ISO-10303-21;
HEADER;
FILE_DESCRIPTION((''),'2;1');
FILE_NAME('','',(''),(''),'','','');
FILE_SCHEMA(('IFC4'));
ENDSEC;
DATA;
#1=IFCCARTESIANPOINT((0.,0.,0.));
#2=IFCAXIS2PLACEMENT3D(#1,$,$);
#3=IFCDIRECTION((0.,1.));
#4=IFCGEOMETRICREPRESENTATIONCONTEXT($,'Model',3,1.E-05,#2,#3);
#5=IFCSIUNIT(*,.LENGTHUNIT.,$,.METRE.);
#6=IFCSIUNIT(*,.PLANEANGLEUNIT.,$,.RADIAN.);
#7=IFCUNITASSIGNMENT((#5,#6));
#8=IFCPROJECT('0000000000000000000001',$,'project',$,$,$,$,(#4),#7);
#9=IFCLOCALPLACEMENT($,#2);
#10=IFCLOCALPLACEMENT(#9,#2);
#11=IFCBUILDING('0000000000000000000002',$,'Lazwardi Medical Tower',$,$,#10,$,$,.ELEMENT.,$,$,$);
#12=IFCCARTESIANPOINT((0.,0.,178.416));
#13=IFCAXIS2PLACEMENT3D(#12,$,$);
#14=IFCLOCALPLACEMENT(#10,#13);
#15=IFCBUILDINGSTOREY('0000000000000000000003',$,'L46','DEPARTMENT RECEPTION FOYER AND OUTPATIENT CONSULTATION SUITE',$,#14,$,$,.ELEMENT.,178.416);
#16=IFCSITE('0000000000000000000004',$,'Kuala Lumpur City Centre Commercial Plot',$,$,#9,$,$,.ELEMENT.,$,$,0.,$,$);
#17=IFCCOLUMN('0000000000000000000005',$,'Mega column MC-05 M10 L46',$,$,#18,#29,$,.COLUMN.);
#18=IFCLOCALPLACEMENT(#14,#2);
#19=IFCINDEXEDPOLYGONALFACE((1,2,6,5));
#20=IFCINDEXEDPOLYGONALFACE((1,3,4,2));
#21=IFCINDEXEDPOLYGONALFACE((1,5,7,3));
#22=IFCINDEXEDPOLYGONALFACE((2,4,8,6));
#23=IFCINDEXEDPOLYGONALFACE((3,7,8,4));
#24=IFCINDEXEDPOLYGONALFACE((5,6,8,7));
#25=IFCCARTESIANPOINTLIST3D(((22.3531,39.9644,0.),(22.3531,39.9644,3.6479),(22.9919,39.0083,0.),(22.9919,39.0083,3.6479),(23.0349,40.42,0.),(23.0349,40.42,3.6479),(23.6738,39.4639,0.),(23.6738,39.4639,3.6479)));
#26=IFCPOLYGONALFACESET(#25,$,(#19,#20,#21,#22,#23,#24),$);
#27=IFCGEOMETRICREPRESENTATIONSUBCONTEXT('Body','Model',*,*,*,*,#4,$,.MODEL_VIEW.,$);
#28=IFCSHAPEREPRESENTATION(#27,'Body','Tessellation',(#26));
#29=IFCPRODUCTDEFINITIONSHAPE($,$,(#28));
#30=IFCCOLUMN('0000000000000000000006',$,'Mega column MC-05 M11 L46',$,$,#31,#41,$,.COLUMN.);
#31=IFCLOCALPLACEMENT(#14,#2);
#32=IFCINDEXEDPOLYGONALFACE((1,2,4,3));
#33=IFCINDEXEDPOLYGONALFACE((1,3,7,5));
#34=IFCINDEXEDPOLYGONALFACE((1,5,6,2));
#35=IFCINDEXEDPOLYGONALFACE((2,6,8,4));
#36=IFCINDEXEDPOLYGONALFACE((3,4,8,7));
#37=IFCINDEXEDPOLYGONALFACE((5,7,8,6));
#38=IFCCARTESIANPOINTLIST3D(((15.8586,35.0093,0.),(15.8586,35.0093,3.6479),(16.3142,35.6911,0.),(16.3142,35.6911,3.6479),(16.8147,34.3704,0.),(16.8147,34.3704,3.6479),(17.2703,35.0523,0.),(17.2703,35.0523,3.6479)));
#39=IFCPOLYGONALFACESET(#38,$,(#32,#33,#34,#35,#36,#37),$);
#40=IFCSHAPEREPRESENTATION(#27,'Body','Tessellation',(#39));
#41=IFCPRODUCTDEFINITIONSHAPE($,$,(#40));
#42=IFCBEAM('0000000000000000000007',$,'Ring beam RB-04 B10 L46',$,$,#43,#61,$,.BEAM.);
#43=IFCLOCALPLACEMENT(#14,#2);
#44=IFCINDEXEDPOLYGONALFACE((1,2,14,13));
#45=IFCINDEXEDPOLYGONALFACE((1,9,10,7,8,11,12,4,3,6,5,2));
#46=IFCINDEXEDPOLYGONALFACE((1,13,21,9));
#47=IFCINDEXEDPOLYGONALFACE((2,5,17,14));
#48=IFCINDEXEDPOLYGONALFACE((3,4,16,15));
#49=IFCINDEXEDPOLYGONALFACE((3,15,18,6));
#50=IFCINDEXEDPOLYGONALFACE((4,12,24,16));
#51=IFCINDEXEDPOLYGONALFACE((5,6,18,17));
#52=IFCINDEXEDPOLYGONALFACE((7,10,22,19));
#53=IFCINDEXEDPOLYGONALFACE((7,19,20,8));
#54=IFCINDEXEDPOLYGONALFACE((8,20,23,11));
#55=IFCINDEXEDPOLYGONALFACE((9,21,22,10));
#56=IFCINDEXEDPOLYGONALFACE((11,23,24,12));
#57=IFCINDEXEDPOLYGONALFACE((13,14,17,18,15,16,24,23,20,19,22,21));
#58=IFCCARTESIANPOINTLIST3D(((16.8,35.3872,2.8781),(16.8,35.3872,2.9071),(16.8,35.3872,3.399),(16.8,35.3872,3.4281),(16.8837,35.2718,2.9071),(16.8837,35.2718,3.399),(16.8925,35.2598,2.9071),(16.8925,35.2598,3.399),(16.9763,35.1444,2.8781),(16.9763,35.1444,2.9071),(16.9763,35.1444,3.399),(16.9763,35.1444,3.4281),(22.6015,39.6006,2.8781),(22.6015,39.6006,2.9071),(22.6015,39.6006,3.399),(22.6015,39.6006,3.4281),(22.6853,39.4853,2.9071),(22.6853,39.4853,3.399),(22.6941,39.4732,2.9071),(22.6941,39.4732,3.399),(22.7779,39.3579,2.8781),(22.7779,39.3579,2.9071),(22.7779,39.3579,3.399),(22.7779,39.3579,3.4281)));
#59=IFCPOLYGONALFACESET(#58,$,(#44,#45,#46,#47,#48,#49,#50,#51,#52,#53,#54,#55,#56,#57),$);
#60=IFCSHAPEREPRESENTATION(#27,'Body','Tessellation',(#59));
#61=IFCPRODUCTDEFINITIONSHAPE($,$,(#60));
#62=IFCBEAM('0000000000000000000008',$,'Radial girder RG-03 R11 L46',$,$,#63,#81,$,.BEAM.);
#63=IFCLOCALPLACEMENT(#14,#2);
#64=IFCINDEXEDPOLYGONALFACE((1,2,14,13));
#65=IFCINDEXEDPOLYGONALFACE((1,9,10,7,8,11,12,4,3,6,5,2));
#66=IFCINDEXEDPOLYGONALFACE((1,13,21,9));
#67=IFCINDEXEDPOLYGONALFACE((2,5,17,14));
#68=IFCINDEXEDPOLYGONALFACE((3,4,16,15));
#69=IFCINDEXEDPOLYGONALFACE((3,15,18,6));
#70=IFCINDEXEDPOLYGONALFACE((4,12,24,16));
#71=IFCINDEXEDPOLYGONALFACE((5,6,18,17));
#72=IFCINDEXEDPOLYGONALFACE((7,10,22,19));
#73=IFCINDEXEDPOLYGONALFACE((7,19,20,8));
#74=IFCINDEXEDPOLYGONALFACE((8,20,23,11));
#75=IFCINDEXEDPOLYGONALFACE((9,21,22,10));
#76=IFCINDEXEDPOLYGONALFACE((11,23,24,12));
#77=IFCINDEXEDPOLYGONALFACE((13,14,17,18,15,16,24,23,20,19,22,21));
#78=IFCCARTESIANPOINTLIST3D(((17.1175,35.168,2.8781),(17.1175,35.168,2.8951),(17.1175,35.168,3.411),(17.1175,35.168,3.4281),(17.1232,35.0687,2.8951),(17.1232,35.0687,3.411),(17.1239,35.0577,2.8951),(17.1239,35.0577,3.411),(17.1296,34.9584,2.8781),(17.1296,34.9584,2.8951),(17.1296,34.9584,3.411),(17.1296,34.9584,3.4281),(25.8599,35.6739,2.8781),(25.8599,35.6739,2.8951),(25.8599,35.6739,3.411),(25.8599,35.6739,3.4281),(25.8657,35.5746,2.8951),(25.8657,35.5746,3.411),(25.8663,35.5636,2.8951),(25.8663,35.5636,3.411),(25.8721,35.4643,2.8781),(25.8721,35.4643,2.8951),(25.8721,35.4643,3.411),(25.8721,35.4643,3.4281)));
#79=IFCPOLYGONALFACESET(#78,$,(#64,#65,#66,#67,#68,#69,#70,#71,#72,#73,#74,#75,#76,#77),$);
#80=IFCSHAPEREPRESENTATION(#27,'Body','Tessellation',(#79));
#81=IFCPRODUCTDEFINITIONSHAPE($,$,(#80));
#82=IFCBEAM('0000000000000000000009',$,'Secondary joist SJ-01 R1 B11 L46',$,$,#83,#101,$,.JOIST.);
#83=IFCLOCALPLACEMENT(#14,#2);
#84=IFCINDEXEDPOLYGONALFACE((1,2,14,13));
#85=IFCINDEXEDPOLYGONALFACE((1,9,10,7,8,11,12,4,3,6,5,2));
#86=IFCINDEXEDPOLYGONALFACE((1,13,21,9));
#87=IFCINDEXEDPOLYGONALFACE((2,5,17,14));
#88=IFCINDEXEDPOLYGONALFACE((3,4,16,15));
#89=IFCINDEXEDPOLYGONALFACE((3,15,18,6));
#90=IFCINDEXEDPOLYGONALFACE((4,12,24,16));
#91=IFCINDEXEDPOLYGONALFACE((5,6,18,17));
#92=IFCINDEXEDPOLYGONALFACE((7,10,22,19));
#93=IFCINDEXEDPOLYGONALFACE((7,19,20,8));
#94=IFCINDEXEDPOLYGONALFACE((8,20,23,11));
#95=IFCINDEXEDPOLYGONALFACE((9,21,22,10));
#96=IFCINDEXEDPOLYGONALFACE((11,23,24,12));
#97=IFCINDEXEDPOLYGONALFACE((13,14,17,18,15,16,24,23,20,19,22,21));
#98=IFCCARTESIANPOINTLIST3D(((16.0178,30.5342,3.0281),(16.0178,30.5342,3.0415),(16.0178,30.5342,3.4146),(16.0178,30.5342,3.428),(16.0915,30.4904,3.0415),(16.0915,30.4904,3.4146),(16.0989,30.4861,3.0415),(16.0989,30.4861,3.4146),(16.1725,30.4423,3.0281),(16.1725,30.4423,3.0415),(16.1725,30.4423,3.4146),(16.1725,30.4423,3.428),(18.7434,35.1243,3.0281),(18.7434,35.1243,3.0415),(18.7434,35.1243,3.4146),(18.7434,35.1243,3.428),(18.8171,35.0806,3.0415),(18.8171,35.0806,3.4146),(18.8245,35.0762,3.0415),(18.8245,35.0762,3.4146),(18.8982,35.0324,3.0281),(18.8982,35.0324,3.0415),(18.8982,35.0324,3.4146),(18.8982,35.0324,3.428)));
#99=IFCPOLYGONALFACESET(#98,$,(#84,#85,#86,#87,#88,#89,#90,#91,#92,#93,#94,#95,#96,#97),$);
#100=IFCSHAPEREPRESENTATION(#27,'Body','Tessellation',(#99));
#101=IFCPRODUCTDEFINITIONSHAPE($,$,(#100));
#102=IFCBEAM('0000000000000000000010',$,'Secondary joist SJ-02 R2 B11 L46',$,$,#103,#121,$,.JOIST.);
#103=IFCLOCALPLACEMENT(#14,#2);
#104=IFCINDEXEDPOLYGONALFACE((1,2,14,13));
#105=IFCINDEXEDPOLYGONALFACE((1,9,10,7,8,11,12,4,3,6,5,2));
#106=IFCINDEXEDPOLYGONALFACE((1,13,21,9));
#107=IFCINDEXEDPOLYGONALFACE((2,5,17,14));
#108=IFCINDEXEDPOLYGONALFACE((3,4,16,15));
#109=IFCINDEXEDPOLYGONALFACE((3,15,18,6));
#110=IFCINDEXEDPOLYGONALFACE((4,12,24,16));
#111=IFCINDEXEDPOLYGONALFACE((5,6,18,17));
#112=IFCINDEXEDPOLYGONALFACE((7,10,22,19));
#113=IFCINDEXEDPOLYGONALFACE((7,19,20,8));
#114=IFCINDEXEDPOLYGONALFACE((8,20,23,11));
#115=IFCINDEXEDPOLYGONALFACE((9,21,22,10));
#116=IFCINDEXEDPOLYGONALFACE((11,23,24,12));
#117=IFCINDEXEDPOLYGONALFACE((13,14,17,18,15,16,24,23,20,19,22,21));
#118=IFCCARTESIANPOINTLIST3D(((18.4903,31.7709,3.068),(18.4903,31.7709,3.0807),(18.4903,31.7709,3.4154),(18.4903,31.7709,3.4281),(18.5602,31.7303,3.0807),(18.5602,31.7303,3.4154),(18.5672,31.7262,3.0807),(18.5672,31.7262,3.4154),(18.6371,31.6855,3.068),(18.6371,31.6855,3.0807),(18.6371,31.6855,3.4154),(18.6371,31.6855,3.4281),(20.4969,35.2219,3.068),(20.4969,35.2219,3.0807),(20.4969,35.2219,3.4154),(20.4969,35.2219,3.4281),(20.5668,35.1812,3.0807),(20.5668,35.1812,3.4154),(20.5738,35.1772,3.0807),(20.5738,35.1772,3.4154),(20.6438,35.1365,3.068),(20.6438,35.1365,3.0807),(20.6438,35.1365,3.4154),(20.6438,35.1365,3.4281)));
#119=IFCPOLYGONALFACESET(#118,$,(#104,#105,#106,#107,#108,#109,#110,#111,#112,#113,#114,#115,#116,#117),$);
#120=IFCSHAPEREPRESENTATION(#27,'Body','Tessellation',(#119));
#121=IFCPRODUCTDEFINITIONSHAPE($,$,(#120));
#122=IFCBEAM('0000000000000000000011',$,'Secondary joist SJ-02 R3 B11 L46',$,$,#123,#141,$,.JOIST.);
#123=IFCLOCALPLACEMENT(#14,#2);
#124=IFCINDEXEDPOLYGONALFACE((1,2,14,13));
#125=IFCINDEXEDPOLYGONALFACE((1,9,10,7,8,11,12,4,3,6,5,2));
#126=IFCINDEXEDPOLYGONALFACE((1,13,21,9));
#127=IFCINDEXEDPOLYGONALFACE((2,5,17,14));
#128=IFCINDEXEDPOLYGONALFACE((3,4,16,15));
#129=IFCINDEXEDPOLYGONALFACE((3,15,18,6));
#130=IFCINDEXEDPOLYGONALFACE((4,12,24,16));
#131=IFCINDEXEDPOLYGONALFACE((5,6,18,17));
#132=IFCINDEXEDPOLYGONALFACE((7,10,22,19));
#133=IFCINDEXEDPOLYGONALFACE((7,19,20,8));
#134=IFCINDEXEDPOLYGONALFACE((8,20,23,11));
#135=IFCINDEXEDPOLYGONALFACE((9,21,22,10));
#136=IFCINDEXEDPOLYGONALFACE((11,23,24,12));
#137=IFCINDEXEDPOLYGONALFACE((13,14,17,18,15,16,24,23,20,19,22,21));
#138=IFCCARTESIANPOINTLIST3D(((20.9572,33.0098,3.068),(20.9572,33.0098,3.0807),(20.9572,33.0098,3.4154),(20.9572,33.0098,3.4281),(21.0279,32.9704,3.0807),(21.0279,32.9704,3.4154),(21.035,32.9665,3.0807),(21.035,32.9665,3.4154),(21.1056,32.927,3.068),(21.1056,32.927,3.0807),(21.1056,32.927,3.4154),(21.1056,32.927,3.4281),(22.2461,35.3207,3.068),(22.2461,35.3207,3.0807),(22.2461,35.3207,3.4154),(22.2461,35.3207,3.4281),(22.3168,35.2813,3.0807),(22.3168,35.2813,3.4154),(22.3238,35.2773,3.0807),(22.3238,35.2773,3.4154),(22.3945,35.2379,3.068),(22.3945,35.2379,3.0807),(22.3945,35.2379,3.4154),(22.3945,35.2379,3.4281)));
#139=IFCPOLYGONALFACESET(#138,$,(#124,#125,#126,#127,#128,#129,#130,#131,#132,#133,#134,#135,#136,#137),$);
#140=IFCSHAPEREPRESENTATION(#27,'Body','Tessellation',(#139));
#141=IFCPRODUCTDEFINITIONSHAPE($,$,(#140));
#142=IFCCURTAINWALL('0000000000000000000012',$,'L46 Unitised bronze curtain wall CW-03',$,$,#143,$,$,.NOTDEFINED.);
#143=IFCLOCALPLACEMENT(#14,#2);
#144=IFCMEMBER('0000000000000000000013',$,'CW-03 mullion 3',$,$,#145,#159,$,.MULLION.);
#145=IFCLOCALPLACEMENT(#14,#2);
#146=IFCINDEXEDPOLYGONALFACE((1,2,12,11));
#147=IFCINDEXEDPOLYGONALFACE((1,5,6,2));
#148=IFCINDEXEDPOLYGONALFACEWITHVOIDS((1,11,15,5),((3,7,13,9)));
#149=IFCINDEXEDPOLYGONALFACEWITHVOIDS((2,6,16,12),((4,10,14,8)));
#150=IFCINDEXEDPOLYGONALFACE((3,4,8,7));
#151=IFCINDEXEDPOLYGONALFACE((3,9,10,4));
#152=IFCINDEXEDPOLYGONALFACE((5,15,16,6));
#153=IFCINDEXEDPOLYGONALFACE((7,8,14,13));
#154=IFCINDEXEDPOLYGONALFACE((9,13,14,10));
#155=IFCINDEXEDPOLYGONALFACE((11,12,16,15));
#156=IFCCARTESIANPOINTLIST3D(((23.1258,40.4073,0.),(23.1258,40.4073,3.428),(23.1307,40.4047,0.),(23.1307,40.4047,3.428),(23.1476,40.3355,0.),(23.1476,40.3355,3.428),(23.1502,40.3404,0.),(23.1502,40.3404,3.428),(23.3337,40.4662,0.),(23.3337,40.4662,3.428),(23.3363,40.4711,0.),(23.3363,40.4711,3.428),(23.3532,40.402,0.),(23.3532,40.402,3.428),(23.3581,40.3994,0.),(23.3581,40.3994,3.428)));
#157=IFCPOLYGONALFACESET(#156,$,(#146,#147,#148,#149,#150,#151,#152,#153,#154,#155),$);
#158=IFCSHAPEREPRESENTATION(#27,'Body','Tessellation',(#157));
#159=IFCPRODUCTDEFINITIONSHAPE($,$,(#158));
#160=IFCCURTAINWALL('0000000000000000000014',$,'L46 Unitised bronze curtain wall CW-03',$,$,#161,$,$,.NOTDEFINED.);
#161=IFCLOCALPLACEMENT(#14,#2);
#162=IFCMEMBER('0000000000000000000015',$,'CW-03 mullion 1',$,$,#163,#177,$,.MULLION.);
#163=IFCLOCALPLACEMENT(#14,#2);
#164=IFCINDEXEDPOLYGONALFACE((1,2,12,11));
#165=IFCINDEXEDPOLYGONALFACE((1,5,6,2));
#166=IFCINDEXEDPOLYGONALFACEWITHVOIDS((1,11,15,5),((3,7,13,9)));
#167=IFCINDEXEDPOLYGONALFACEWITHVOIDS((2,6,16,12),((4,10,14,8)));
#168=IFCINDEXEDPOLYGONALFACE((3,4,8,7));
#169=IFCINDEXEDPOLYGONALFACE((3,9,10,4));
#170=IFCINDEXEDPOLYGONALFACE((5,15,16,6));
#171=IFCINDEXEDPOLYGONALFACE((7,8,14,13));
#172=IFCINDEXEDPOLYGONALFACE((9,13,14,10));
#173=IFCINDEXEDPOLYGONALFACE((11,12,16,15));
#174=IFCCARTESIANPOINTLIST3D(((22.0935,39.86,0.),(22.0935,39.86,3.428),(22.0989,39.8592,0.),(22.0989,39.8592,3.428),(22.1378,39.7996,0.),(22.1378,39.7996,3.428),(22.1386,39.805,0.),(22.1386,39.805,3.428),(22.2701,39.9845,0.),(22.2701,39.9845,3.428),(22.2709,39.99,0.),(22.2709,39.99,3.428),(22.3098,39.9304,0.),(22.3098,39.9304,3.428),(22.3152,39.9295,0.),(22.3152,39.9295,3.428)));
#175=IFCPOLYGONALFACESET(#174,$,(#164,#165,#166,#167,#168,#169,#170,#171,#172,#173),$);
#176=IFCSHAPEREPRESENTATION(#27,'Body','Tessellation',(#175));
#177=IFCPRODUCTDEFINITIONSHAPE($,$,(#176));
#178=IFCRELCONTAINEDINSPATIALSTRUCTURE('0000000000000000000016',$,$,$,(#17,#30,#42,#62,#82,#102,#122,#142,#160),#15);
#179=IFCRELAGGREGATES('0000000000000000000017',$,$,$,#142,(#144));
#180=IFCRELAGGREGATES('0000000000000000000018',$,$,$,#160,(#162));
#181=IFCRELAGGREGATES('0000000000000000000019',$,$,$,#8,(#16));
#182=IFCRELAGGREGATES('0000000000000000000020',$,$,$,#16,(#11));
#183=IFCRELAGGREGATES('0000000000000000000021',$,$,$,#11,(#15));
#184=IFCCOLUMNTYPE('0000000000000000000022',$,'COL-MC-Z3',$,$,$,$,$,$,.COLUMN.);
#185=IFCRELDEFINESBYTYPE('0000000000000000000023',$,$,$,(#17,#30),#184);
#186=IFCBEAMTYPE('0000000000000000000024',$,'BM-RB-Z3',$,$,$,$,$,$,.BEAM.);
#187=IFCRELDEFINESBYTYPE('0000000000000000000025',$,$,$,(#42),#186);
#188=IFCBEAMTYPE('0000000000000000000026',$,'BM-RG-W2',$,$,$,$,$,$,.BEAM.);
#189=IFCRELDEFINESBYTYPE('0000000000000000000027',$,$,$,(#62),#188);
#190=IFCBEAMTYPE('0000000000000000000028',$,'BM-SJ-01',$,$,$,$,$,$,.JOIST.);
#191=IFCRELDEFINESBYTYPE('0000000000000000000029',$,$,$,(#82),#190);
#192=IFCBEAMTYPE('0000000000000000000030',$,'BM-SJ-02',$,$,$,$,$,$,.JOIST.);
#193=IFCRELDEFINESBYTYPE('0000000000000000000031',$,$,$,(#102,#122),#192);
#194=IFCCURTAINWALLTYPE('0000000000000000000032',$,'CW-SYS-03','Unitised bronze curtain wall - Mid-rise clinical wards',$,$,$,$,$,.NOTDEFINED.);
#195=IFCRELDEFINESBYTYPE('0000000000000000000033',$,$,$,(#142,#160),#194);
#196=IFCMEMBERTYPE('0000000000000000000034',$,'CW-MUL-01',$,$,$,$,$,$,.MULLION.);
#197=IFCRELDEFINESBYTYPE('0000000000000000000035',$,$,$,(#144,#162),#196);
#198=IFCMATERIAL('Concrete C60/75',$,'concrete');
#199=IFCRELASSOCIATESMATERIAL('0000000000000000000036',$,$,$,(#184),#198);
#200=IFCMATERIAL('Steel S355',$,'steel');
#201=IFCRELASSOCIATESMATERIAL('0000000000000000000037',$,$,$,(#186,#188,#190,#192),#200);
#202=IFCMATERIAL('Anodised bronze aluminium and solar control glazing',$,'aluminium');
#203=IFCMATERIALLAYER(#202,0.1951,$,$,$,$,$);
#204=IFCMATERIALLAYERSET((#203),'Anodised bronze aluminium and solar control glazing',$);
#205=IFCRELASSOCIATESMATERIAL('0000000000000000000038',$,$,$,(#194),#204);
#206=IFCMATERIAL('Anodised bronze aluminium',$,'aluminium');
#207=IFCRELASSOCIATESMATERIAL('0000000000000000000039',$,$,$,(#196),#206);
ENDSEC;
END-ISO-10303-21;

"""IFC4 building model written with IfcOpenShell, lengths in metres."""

from ifc_helpers import new_model, si_unit, direction, frame, origin, origin_2d, place, context, subcontext, project, spatial, rectangle, hollow_rectangle, i_section, extrude, material, layer, layer_set, material_profile, profile_set, type_object, element, aggregate, save


model = new_model("IFC4")

# Units and contexts
model_context = context("Model", 3, precision=1e-05, world=origin(), true_north=direction((0.0, 1.0)))
body_context = subcontext(model_context, "Body", "Model", "MODEL_VIEW")
ifc_project = project(units=[si_unit("LENGTHUNIT", "METRE"), si_unit("PLANEANGLEUNIT", "RADIAN")], contexts=[model_context])

# Site, building, storey
site_placement = place(None, origin())
site = spatial("IfcSite", under=ifc_project, at=site_placement, Name="Kuala Lumpur City Centre Commercial Plot", CompositionType="ELEMENT", RefElevation=0.0)
building_placement = place(site_placement, origin())
building = spatial("IfcBuilding", under=site, at=building_placement, Name="Lazwardi Medical Tower", CompositionType="ELEMENT")
storey_placement = place(building_placement, frame((0.0, 0.0, 178.416)))
storey = spatial("IfcBuildingStorey", under=building, at=storey_placement, Name="L46", Description="DEPARTMENT RECEPTION FOYER AND OUTPATIENT CONSULTATION SUITE", CompositionType="ELEMENT", Elevation=178.416)

# Columns
ifc_material_1 = material(Name="Concrete C60/75", Category="concrete")
ifc_material_profile_1 = material_profile(ifc_material_1, rectangle(XDim=1.1499, YDim=0.8201, at=origin_2d()), Name="CFT-RECT 1150x820")
ifc_profile_set_1 = profile_set([ifc_material_profile_1], Name="Concrete C60/75")
column_type = type_object("IfcColumnType", Name="COL-MC-Z3", PredefinedType="COLUMN", material=ifc_profile_set_1)
for number, where, z_axis, x_axis, name in (
    (1, (23.0134, 39.7141, 0.0), (0.0, 0.0, 1.0), (-0.55557, 0.83147, 0.0), "Mega column MC-05 M10 L46"),
    (2, (16.5645, 35.0308, 0.0), (0.0, 0.0, 1.0), (-0.83147, 0.55557, 0.0), "Mega column MC-05 M11 L46"),
):
    element("IfcColumn", number, at=place(storey_placement, frame(where, z_axis=z_axis, x_axis=x_axis)), inside=storey, type_object=column_type, Name=name, PredefinedType="COLUMN", context=body_context, shape_type="SweptSolid", body=[
        extrude(rectangle(XDim=1.1499, YDim=0.8201, at=origin_2d()), origin(), (0.0, 0.0, 1.0), 3.6479),
    ])

# Beams
ifc_material_2 = material(Name="Steel S355", Category="steel")
ifc_material_profile_2 = material_profile(ifc_material_2, i_section(OverallWidth=0.3, OverallDepth=0.55, WebThickness=0.0149, FlangeThickness=0.0291, at=origin_2d()), Name="HEB 550")
ifc_profile_set_2 = profile_set([ifc_material_profile_2], Name="Steel S355")
beam_type_1 = type_object("IfcBeamType", Name="BM-RB-Z3", PredefinedType="BEAM", material=ifc_profile_set_2)
beam_1_placement = place(storey_placement, frame((22.6897, 39.4792, 3.1531), z_axis=(-0.809128, -0.587633, 0.0), x_axis=(0.587633, -0.809128, 0.0)))
element("IfcBeam", 3, at=beam_1_placement, inside=storey, type_object=beam_type_1, Name="Ring beam RB-04 B10 L46", PredefinedType="BEAM", context=body_context, shape_type="SweptSolid", body=[
    extrude(i_section(OverallWidth=0.3, OverallDepth=0.55, WebThickness=0.0149, FlangeThickness=0.0291, at=origin_2d()), origin(), (0.0, 0.0, 1.0), 7.1702),
])
ifc_material_profile_3 = material_profile(ifc_material_2, i_section(OverallWidth=0.21, OverallDepth=0.55, WebThickness=0.011, FlangeThickness=0.0171, at=origin_2d()), Name="IPE 550")
ifc_profile_set_3 = profile_set([ifc_material_profile_3], Name="Steel S355")
beam_type_2 = type_object("IfcBeamType", Name="BM-RG-W2", PredefinedType="BEAM", material=ifc_profile_set_3)
beam_2_placement = place(storey_placement, frame((17.1235, 35.0632, 3.1531), z_axis=(0.99833, 0.057766, 0.0), x_axis=(-0.057766, 0.99833, 0.0)))
element("IfcBeam", 4, at=beam_2_placement, inside=storey, type_object=beam_type_2, Name="Radial girder RG-03 R11 L46", PredefinedType="BEAM", context=body_context, shape_type="SweptSolid", body=[
    extrude(i_section(OverallWidth=0.21, OverallDepth=0.55, WebThickness=0.011, FlangeThickness=0.0171, at=origin_2d()), origin(), (0.0, 0.0, 1.0), 8.7571),
])
ifc_material_profile_4 = material_profile(ifc_material_2, i_section(OverallWidth=0.1799, OverallDepth=0.3999, WebThickness=0.0085, FlangeThickness=0.0134, at=origin_2d()), Name="IPE 400")
ifc_profile_set_4 = profile_set([ifc_material_profile_4], Name="Steel S355")
beam_type_3 = type_object("IfcBeamType", Name="BM-SJ-01", PredefinedType="JOIST", material=ifc_profile_set_4)
beam_3_placement = place(storey_placement, frame((18.8208, 35.0784, 3.228), z_axis=(-0.510569, -0.859837, 0.0), x_axis=(0.859837, -0.510569, 0.0)))
element("IfcBeam", 5, at=beam_3_placement, inside=storey, type_object=beam_type_3, Name="Secondary joist SJ-01 R1 B11 L46", PredefinedType="JOIST", context=body_context, shape_type="SweptSolid", body=[
    extrude(i_section(OverallWidth=0.1799, OverallDepth=0.3999, WebThickness=0.0085, FlangeThickness=0.0134, at=origin_2d()), origin(), (0.0, 0.0, 1.0), 5.3384),
])
ifc_material_profile_5 = material_profile(ifc_material_2, i_section(OverallWidth=0.1699, OverallDepth=0.3601, WebThickness=0.0081, FlangeThickness=0.0127, at=origin_2d()), Name="IPE 360")
ifc_profile_set_5 = profile_set([ifc_material_profile_5], Name="Steel S355")
beam_type_4 = type_object("IfcBeamType", Name="BM-SJ-02", PredefinedType="JOIST", material=ifc_profile_set_5)
beam_4_placement = place(storey_placement, frame((20.5703, 35.1792, 3.248), z_axis=(-0.502665, -0.864481, 0.0), x_axis=(0.864481, -0.502665, 0.0)))
element("IfcBeam", 6, at=beam_4_placement, inside=storey, type_object=beam_type_4, Name="Secondary joist SJ-02 R2 B11 L46", PredefinedType="JOIST", context=body_context, shape_type="SweptSolid", body=[
    extrude(i_section(OverallWidth=0.1699, OverallDepth=0.3601, WebThickness=0.0081, FlangeThickness=0.0127, at=origin_2d()), origin(), (0.0, 0.0, 1.0), 3.9919),
])
beam_5_placement = place(storey_placement, frame((22.3203, 35.2793, 3.248), z_axis=(-0.487099, -0.873347, 0.0), x_axis=(0.873347, -0.487099, 0.0)))
element("IfcBeam", 7, at=beam_5_placement, inside=storey, type_object=beam_type_4, Name="Secondary joist SJ-02 R3 B11 L46", PredefinedType="JOIST", context=body_context, shape_type="SweptSolid", body=[
    extrude(i_section(OverallWidth=0.1699, OverallDepth=0.3601, WebThickness=0.0081, FlangeThickness=0.0127, at=origin_2d()), origin(), (0.0, 0.0, 1.0), 2.646),
])

# Curtain wall, member
ifc_material_3 = material(Name="Anodised bronze aluminium and solar control glazing", Category="aluminium")
ifc_layer_1 = layer(ifc_material_3, 0.1951)
ifc_layer_set_1 = layer_set([ifc_layer_1], Name="Anodised bronze aluminium and solar control glazing")
curtain_wall_type = type_object("IfcCurtainWallType", Name="CW-SYS-03", Description="Unitised bronze curtain wall - Mid-rise clinical wards", PredefinedType="NOTDEFINED", material=ifc_layer_set_1)
curtain_wall_1_placement = place(storey_placement, origin())
curtain_wall_1 = element("IfcCurtainWall", 8, at=curtain_wall_1_placement, inside=storey, type_object=curtain_wall_type, Name="L46 Unitised bronze curtain wall CW-03", PredefinedType="NOTDEFINED")
ifc_material_4 = material(Name="Anodised bronze aluminium", Category="aluminium")
ifc_material_profile_6 = material_profile(ifc_material_4, hollow_rectangle(XDim=0.075, YDim=0.22, WallThickness=0.0039, at=origin_2d()), Name="ALU-MULLION 220x75x4")
ifc_profile_set_6 = profile_set([ifc_material_profile_6], Name="Anodised bronze aluminium")
member_type_1 = type_object("IfcMemberType", Name="CW-MUL-01", PredefinedType="MULLION", material=ifc_profile_set_6)
member_1_placement = place(storey_placement, frame((23.2419, 40.4033, 0.0), z_axis=(0.0, 0.0, 1.0), x_axis=(0.290281, -0.956942, 0.0)))
member_1 = element("IfcMember", 9, at=member_1_placement, type_object=member_type_1, Name="CW-03 mullion 3", PredefinedType="MULLION", context=body_context, shape_type="SweptSolid", body=[
    extrude(hollow_rectangle(XDim=0.075, YDim=0.22, WallThickness=0.0039, at=origin_2d()), origin(), (0.0, 0.0, 1.0), 3.428),
])
aggregate(curtain_wall_1, [member_1])

# Curtain wall, member
curtain_wall_2_placement = place(storey_placement, origin())
curtain_wall_2 = element("IfcCurtainWall", 10, at=curtain_wall_2_placement, inside=storey, type_object=curtain_wall_type, Name="L46 Unitised bronze curtain wall CW-03", PredefinedType="NOTDEFINED")
member_2_placement = place(storey_placement, frame((22.2043, 39.8948, 0.0), z_axis=(0.0, 0.0, 1.0), x_axis=(0.590834, -0.806793, 0.0)))
member_2 = element("IfcMember", 11, at=member_2_placement, type_object=member_type_1, Name="CW-03 mullion 1", PredefinedType="MULLION", context=body_context, shape_type="SweptSolid", body=[
    extrude(hollow_rectangle(XDim=0.075, YDim=0.22, WallThickness=0.0039, at=origin_2d()), origin(), (0.0, 0.0, 1.0), 3.428),
])

aggregate(curtain_wall_2, [member_2])

save(model, "model.ifc")
